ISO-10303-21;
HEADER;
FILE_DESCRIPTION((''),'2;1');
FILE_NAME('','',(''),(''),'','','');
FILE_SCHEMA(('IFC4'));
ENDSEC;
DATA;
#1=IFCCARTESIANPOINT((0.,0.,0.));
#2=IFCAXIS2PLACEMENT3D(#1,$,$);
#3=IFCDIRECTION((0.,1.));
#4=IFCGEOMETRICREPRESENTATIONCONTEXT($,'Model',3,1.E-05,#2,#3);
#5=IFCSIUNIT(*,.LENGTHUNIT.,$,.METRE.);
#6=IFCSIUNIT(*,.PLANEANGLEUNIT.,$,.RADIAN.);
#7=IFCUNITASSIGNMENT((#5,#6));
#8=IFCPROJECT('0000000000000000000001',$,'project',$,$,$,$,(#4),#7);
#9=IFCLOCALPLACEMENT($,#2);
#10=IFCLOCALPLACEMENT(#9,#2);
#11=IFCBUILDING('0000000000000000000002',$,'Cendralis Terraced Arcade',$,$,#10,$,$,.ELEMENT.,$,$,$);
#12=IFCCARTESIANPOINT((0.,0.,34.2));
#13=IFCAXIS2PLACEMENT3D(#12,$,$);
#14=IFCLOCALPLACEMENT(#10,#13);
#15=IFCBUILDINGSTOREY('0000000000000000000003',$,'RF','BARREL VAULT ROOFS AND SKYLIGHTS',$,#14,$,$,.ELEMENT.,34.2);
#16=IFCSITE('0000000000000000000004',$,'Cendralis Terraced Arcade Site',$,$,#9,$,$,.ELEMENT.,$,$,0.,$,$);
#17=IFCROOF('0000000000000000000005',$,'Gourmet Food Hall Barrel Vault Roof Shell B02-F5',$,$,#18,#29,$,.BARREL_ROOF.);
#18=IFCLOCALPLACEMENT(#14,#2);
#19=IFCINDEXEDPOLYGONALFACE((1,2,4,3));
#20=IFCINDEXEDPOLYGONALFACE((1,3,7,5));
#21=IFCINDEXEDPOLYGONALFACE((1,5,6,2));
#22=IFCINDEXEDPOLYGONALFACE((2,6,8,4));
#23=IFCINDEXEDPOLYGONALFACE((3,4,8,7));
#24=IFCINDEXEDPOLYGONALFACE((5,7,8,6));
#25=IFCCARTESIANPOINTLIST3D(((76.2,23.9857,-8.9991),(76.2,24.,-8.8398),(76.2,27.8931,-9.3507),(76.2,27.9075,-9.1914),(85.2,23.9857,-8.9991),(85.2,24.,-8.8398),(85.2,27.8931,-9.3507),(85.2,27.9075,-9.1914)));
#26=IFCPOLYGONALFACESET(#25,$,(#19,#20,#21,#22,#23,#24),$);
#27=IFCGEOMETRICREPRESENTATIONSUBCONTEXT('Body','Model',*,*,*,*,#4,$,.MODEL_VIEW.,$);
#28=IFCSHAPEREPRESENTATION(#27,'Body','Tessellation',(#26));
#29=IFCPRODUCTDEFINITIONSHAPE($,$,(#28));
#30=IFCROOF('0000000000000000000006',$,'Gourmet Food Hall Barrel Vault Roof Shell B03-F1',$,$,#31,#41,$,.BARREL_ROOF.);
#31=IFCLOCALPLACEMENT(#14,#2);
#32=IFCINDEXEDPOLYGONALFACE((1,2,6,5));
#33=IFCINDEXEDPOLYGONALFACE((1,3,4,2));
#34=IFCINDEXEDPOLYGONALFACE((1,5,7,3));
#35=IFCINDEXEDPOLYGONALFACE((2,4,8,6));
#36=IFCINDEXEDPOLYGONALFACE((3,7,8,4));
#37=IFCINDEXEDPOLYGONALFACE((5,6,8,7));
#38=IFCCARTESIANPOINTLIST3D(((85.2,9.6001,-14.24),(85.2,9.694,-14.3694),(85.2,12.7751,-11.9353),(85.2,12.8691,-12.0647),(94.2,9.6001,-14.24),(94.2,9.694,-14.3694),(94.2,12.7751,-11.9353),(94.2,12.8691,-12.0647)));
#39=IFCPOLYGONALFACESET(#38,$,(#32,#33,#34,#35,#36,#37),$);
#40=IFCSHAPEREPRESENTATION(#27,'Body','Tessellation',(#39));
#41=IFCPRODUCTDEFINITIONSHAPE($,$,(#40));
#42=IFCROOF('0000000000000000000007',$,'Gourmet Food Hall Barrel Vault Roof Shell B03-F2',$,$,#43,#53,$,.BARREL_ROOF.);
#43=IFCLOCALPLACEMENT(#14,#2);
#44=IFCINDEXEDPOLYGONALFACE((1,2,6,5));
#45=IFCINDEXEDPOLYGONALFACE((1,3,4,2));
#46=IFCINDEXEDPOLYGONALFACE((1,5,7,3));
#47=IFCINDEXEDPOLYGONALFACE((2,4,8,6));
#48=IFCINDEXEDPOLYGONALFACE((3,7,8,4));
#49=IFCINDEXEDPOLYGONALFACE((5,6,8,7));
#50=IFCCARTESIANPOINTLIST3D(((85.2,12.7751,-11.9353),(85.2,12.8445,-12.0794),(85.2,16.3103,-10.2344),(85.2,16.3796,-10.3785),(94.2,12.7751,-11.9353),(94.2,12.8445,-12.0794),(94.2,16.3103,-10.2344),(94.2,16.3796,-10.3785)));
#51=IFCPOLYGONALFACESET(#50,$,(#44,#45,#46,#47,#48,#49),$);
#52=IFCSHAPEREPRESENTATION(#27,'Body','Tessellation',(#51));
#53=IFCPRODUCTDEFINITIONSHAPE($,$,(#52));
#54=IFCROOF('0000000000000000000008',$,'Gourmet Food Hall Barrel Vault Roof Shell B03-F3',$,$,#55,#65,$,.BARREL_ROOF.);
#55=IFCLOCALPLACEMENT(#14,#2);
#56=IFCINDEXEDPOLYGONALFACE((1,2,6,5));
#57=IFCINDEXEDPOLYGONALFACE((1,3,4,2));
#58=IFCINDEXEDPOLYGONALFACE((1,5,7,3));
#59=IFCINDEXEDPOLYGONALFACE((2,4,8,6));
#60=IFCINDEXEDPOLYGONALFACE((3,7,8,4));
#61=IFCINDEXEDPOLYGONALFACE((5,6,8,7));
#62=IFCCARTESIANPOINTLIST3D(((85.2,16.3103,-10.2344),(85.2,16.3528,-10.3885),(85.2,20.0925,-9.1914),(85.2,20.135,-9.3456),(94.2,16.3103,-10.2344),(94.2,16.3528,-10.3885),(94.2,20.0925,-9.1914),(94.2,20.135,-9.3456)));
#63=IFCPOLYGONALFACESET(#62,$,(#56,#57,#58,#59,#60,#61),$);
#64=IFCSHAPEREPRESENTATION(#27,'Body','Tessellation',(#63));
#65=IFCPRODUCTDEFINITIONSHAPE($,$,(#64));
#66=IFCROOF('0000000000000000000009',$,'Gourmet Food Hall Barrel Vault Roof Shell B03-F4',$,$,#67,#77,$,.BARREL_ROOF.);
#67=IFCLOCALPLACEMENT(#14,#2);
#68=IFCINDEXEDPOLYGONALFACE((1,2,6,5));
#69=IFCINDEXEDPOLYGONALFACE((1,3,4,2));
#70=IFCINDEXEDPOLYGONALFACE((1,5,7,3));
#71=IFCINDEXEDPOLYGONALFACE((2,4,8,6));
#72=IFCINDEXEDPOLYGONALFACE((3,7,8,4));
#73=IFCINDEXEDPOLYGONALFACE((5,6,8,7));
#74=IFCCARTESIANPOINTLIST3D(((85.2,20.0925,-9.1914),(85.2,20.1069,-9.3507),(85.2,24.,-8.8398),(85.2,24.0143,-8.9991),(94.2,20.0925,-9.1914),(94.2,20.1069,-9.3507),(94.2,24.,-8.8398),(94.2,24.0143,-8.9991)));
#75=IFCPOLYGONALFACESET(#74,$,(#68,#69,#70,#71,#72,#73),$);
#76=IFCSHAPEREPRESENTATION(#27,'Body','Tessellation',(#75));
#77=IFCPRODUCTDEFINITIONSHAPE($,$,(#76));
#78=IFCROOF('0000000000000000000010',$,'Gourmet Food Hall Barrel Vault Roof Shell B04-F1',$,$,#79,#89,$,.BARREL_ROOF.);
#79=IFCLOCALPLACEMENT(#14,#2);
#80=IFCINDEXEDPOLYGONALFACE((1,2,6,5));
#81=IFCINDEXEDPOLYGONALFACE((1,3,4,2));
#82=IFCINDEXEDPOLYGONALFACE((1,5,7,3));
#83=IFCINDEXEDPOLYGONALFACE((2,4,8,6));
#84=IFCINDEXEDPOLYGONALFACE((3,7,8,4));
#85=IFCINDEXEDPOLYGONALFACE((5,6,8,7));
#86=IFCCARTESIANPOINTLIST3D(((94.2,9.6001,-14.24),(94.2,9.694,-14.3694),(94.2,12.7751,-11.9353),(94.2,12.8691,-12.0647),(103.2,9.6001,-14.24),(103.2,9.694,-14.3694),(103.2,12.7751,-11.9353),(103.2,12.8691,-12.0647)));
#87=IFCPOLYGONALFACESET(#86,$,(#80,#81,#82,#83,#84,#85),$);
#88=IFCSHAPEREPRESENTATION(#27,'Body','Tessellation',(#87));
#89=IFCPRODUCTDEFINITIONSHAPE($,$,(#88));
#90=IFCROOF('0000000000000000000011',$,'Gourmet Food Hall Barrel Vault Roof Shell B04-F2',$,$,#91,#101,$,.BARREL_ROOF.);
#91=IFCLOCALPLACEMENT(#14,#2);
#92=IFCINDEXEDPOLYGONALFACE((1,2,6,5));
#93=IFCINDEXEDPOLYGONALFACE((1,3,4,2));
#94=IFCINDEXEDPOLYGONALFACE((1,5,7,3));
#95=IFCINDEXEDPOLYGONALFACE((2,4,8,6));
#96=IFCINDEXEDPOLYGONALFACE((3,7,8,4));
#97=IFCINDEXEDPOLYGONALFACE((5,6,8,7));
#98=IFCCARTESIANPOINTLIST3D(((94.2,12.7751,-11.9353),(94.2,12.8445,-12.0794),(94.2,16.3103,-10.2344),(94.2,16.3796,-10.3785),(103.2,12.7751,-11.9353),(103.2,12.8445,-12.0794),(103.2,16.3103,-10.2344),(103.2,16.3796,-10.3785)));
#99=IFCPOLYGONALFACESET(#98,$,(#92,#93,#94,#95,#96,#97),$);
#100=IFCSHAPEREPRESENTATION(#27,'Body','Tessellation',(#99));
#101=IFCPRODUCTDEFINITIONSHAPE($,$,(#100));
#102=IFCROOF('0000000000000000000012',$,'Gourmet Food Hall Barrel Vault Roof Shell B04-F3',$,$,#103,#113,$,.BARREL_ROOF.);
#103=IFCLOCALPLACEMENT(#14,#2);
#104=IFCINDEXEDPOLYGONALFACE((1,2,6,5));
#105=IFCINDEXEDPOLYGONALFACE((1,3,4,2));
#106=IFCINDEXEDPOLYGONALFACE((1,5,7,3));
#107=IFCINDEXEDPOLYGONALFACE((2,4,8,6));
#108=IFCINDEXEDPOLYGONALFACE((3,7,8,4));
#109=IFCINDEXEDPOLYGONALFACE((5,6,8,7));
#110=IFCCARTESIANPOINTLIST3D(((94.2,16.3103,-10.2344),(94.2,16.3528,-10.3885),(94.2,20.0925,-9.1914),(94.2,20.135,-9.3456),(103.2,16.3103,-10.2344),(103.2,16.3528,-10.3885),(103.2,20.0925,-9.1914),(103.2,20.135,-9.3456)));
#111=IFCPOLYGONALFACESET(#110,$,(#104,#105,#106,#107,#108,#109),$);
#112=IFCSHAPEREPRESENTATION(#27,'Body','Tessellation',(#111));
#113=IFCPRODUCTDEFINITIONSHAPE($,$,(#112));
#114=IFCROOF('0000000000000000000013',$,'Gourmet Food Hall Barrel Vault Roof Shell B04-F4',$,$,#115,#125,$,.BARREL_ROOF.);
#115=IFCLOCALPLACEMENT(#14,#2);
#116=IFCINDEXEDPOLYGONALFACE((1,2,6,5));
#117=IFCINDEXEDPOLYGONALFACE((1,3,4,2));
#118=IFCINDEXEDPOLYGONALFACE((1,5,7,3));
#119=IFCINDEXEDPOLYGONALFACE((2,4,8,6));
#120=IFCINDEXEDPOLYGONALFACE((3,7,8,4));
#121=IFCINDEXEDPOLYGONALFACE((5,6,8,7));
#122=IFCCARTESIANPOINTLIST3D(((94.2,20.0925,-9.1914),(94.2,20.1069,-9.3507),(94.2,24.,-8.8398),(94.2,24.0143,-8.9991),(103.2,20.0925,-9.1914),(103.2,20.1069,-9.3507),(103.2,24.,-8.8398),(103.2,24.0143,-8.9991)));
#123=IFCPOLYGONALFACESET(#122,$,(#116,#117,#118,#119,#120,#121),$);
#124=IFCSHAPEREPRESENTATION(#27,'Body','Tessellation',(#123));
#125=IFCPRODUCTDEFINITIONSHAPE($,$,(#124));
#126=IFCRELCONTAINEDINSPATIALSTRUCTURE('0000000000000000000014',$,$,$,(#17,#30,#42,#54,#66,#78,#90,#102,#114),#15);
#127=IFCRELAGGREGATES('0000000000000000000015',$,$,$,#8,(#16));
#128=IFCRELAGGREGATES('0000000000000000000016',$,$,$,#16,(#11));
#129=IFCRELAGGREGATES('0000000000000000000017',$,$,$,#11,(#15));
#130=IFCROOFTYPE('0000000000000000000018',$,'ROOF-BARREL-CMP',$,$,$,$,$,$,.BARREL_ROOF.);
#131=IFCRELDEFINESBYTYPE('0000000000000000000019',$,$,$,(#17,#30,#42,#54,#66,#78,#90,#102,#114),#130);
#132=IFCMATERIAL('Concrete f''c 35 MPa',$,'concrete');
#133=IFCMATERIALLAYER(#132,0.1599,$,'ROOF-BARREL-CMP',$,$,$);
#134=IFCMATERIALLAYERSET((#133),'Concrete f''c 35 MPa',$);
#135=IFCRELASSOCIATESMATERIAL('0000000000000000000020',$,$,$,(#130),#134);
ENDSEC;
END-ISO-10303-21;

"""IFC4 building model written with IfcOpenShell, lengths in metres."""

from ifc_helpers import new_model, si_unit, direction, frame, origin, place, context, subcontext, project, spatial, polyline, outline, extrude, material, layer, layer_set, type_object, element, save


model = new_model("IFC4")

# Units and contexts
model_context = context("Model", 3, precision=1e-05, world=origin(), true_north=direction((0.0, 1.0)))
body_context = subcontext(model_context, "Body", "Model", "MODEL_VIEW")
ifc_project = project(units=[si_unit("LENGTHUNIT", "METRE"), si_unit("PLANEANGLEUNIT", "RADIAN")], contexts=[model_context])

# Site, building, storey
site_placement = place(None, origin())
site = spatial("IfcSite", under=ifc_project, at=site_placement, Name="Cendralis Terraced Arcade Site", CompositionType="ELEMENT", RefElevation=0.0)
building_placement = place(site_placement, origin())
building = spatial("IfcBuilding", under=site, at=building_placement, Name="Cendralis Terraced Arcade", CompositionType="ELEMENT")
storey_placement = place(building_placement, frame((0.0, 0.0, 34.2)))
storey = spatial("IfcBuildingStorey", under=building, at=storey_placement, Name="RF", Description="BARREL VAULT ROOFS AND SKYLIGHTS", CompositionType="ELEMENT", Elevation=34.2)

# Roofs
ifc_material_1 = material(Name="Concrete f'c 35 MPa", Category="concrete")
ifc_layer = layer(ifc_material_1, 0.1599, Name="ROOF-BARREL-CMP")
ifc_layer_set = layer_set([ifc_layer], Name="Concrete f'c 35 MPa")
roof_type = type_object("IfcRoofType", Name="ROOF-BARREL-CMP", PredefinedType="BARREL_ROOF", material=ifc_layer_set)
for number, where, z_axis, x_axis, name in (
    (1, (76.2, 24.0, -8.8398), (0.0, 0.08961, 0.995977), (1.0, 0.0, 0.0), "Gourmet Food Hall Barrel Vault Roof Shell B02-F5"),
):
    element("IfcRoof", number, at=place(storey_placement, frame(where, z_axis=z_axis, x_axis=x_axis)), inside=storey, type_object=roof_type, Name=name, PredefinedType="BARREL_ROOF", context=body_context, shape_type="SweptSolid", body=[
        extrude(outline(polyline([(0.0, 0.0), (9.0, 0.0), (9.0, 3.9233), (0.0, 3.9233), (0.0, 0.0)])), origin(), (0.0, 0.0, -1.0), 0.1599),
    ])
roof_1_placement = place(storey_placement, frame((85.2, 9.6001, -14.24), z_axis=(0.0, -0.587431, 0.809274), x_axis=(1.0, 0.0, 0.0)))
element("IfcRoof", 2, at=roof_1_placement, inside=storey, type_object=roof_type, Name="Gourmet Food Hall Barrel Vault Roof Shell B03-F1", PredefinedType="BARREL_ROOF", context=body_context, shape_type="SweptSolid", body=[
    extrude(outline(polyline([(0.0, 0.0), (9.0, 0.0), (9.0, 3.9233), (0.0, 3.9233), (0.0, 0.0)])), origin(), (0.0, 0.0, -1.0), 0.1599),
])
roof_2_placement = place(storey_placement, frame((85.2, 12.7751, -11.9353), z_axis=(0.0, -0.43357, 0.90112), x_axis=(1.0, 0.0, 0.0)))
element("IfcRoof", 3, at=roof_2_placement, inside=storey, type_object=roof_type, Name="Gourmet Food Hall Barrel Vault Roof Shell B03-F2", PredefinedType="BARREL_ROOF", context=body_context, shape_type="SweptSolid", body=[
    extrude(outline(polyline([(0.0, 0.0), (9.0, 0.0), (9.0, 3.9231), (0.0, 3.9231), (0.0, 0.0)])), origin(), (0.0, 0.0, -1.0), 0.1599),
])
roof_3_placement = place(storey_placement, frame((85.2, 16.3103, -10.2344), z_axis=(0.0, -0.265833, 0.964019), x_axis=(1.0, 0.0, 0.0)))
element("IfcRoof", 4, at=roof_3_placement, inside=storey, type_object=roof_type, Name="Gourmet Food Hall Barrel Vault Roof Shell B03-F3", PredefinedType="BARREL_ROOF", context=body_context, shape_type="SweptSolid", body=[
    extrude(outline(polyline([(0.0, 0.0), (9.0, 0.0), (9.0, 3.9234), (0.0, 3.9234), (0.0, 0.0)])), origin(), (0.0, 0.0, -1.0), 0.1599),
])
roof_4_placement = place(storey_placement, frame((85.2, 20.0925, -9.1914), z_axis=(0.0, -0.08961, 0.995977), x_axis=(1.0, 0.0, 0.0)))
element("IfcRoof", 5, at=roof_4_placement, inside=storey, type_object=roof_type, Name="Gourmet Food Hall Barrel Vault Roof Shell B03-F4", PredefinedType="BARREL_ROOF", context=body_context, shape_type="SweptSolid", body=[
    extrude(outline(polyline([(0.0, 0.0), (9.0, 0.0), (9.0, 3.9233), (0.0, 3.9233), (0.0, 0.0)])), origin(), (0.0, 0.0, -1.0), 0.1599),
])
roof_5_placement = place(storey_placement, frame((94.2, 9.6001, -14.24), z_axis=(0.0, -0.587431, 0.809274), x_axis=(1.0, 0.0, 0.0)))
element("IfcRoof", 6, at=roof_5_placement, inside=storey, type_object=roof_type, Name="Gourmet Food Hall Barrel Vault Roof Shell B04-F1", PredefinedType="BARREL_ROOF", context=body_context, shape_type="SweptSolid", body=[
    extrude(outline(polyline([(0.0, 0.0), (9.0, 0.0), (9.0, 3.9233), (0.0, 3.9233), (0.0, 0.0)])), origin(), (0.0, 0.0, -1.0), 0.1599),
])
roof_6_placement = place(storey_placement, frame((94.2, 12.7751, -11.9353), z_axis=(0.0, -0.43357, 0.90112), x_axis=(1.0, 0.0, 0.0)))
element("IfcRoof", 7, at=roof_6_placement, inside=storey, type_object=roof_type, Name="Gourmet Food Hall Barrel Vault Roof Shell B04-F2", PredefinedType="BARREL_ROOF", context=body_context, shape_type="SweptSolid", body=[
    extrude(outline(polyline([(0.0, 0.0), (9.0, 0.0), (9.0, 3.9231), (0.0, 3.9231), (0.0, 0.0)])), origin(), (0.0, 0.0, -1.0), 0.1599),
])
roof_7_placement = place(storey_placement, frame((94.2, 16.3103, -10.2344), z_axis=(0.0, -0.265833, 0.964019), x_axis=(1.0, 0.0, 0.0)))
element("IfcRoof", 8, at=roof_7_placement, inside=storey, type_object=roof_type, Name="Gourmet Food Hall Barrel Vault Roof Shell B04-F3", PredefinedType="BARREL_ROOF", context=body_context, shape_type="SweptSolid", body=[
    extrude(outline(polyline([(0.0, 0.0), (9.0, 0.0), (9.0, 3.9234), (0.0, 3.9234), (0.0, 0.0)])), origin(), (0.0, 0.0, -1.0), 0.1599),
])
roof_8_placement = place(storey_placement, frame((94.2, 20.0925, -9.1914), z_axis=(0.0, -0.08961, 0.995977), x_axis=(1.0, 0.0, 0.0)))
element("IfcRoof", 9, at=roof_8_placement, inside=storey, type_object=roof_type, Name="Gourmet Food Hall Barrel Vault Roof Shell B04-F4", PredefinedType="BARREL_ROOF", context=body_context, shape_type="SweptSolid", body=[
    extrude(outline(polyline([(0.0, 0.0), (9.0, 0.0), (9.0, 3.9233), (0.0, 3.9233), (0.0, 0.0)])), origin(), (0.0, 0.0, -1.0), 0.1599),
])

save(model, "model.ifc")
